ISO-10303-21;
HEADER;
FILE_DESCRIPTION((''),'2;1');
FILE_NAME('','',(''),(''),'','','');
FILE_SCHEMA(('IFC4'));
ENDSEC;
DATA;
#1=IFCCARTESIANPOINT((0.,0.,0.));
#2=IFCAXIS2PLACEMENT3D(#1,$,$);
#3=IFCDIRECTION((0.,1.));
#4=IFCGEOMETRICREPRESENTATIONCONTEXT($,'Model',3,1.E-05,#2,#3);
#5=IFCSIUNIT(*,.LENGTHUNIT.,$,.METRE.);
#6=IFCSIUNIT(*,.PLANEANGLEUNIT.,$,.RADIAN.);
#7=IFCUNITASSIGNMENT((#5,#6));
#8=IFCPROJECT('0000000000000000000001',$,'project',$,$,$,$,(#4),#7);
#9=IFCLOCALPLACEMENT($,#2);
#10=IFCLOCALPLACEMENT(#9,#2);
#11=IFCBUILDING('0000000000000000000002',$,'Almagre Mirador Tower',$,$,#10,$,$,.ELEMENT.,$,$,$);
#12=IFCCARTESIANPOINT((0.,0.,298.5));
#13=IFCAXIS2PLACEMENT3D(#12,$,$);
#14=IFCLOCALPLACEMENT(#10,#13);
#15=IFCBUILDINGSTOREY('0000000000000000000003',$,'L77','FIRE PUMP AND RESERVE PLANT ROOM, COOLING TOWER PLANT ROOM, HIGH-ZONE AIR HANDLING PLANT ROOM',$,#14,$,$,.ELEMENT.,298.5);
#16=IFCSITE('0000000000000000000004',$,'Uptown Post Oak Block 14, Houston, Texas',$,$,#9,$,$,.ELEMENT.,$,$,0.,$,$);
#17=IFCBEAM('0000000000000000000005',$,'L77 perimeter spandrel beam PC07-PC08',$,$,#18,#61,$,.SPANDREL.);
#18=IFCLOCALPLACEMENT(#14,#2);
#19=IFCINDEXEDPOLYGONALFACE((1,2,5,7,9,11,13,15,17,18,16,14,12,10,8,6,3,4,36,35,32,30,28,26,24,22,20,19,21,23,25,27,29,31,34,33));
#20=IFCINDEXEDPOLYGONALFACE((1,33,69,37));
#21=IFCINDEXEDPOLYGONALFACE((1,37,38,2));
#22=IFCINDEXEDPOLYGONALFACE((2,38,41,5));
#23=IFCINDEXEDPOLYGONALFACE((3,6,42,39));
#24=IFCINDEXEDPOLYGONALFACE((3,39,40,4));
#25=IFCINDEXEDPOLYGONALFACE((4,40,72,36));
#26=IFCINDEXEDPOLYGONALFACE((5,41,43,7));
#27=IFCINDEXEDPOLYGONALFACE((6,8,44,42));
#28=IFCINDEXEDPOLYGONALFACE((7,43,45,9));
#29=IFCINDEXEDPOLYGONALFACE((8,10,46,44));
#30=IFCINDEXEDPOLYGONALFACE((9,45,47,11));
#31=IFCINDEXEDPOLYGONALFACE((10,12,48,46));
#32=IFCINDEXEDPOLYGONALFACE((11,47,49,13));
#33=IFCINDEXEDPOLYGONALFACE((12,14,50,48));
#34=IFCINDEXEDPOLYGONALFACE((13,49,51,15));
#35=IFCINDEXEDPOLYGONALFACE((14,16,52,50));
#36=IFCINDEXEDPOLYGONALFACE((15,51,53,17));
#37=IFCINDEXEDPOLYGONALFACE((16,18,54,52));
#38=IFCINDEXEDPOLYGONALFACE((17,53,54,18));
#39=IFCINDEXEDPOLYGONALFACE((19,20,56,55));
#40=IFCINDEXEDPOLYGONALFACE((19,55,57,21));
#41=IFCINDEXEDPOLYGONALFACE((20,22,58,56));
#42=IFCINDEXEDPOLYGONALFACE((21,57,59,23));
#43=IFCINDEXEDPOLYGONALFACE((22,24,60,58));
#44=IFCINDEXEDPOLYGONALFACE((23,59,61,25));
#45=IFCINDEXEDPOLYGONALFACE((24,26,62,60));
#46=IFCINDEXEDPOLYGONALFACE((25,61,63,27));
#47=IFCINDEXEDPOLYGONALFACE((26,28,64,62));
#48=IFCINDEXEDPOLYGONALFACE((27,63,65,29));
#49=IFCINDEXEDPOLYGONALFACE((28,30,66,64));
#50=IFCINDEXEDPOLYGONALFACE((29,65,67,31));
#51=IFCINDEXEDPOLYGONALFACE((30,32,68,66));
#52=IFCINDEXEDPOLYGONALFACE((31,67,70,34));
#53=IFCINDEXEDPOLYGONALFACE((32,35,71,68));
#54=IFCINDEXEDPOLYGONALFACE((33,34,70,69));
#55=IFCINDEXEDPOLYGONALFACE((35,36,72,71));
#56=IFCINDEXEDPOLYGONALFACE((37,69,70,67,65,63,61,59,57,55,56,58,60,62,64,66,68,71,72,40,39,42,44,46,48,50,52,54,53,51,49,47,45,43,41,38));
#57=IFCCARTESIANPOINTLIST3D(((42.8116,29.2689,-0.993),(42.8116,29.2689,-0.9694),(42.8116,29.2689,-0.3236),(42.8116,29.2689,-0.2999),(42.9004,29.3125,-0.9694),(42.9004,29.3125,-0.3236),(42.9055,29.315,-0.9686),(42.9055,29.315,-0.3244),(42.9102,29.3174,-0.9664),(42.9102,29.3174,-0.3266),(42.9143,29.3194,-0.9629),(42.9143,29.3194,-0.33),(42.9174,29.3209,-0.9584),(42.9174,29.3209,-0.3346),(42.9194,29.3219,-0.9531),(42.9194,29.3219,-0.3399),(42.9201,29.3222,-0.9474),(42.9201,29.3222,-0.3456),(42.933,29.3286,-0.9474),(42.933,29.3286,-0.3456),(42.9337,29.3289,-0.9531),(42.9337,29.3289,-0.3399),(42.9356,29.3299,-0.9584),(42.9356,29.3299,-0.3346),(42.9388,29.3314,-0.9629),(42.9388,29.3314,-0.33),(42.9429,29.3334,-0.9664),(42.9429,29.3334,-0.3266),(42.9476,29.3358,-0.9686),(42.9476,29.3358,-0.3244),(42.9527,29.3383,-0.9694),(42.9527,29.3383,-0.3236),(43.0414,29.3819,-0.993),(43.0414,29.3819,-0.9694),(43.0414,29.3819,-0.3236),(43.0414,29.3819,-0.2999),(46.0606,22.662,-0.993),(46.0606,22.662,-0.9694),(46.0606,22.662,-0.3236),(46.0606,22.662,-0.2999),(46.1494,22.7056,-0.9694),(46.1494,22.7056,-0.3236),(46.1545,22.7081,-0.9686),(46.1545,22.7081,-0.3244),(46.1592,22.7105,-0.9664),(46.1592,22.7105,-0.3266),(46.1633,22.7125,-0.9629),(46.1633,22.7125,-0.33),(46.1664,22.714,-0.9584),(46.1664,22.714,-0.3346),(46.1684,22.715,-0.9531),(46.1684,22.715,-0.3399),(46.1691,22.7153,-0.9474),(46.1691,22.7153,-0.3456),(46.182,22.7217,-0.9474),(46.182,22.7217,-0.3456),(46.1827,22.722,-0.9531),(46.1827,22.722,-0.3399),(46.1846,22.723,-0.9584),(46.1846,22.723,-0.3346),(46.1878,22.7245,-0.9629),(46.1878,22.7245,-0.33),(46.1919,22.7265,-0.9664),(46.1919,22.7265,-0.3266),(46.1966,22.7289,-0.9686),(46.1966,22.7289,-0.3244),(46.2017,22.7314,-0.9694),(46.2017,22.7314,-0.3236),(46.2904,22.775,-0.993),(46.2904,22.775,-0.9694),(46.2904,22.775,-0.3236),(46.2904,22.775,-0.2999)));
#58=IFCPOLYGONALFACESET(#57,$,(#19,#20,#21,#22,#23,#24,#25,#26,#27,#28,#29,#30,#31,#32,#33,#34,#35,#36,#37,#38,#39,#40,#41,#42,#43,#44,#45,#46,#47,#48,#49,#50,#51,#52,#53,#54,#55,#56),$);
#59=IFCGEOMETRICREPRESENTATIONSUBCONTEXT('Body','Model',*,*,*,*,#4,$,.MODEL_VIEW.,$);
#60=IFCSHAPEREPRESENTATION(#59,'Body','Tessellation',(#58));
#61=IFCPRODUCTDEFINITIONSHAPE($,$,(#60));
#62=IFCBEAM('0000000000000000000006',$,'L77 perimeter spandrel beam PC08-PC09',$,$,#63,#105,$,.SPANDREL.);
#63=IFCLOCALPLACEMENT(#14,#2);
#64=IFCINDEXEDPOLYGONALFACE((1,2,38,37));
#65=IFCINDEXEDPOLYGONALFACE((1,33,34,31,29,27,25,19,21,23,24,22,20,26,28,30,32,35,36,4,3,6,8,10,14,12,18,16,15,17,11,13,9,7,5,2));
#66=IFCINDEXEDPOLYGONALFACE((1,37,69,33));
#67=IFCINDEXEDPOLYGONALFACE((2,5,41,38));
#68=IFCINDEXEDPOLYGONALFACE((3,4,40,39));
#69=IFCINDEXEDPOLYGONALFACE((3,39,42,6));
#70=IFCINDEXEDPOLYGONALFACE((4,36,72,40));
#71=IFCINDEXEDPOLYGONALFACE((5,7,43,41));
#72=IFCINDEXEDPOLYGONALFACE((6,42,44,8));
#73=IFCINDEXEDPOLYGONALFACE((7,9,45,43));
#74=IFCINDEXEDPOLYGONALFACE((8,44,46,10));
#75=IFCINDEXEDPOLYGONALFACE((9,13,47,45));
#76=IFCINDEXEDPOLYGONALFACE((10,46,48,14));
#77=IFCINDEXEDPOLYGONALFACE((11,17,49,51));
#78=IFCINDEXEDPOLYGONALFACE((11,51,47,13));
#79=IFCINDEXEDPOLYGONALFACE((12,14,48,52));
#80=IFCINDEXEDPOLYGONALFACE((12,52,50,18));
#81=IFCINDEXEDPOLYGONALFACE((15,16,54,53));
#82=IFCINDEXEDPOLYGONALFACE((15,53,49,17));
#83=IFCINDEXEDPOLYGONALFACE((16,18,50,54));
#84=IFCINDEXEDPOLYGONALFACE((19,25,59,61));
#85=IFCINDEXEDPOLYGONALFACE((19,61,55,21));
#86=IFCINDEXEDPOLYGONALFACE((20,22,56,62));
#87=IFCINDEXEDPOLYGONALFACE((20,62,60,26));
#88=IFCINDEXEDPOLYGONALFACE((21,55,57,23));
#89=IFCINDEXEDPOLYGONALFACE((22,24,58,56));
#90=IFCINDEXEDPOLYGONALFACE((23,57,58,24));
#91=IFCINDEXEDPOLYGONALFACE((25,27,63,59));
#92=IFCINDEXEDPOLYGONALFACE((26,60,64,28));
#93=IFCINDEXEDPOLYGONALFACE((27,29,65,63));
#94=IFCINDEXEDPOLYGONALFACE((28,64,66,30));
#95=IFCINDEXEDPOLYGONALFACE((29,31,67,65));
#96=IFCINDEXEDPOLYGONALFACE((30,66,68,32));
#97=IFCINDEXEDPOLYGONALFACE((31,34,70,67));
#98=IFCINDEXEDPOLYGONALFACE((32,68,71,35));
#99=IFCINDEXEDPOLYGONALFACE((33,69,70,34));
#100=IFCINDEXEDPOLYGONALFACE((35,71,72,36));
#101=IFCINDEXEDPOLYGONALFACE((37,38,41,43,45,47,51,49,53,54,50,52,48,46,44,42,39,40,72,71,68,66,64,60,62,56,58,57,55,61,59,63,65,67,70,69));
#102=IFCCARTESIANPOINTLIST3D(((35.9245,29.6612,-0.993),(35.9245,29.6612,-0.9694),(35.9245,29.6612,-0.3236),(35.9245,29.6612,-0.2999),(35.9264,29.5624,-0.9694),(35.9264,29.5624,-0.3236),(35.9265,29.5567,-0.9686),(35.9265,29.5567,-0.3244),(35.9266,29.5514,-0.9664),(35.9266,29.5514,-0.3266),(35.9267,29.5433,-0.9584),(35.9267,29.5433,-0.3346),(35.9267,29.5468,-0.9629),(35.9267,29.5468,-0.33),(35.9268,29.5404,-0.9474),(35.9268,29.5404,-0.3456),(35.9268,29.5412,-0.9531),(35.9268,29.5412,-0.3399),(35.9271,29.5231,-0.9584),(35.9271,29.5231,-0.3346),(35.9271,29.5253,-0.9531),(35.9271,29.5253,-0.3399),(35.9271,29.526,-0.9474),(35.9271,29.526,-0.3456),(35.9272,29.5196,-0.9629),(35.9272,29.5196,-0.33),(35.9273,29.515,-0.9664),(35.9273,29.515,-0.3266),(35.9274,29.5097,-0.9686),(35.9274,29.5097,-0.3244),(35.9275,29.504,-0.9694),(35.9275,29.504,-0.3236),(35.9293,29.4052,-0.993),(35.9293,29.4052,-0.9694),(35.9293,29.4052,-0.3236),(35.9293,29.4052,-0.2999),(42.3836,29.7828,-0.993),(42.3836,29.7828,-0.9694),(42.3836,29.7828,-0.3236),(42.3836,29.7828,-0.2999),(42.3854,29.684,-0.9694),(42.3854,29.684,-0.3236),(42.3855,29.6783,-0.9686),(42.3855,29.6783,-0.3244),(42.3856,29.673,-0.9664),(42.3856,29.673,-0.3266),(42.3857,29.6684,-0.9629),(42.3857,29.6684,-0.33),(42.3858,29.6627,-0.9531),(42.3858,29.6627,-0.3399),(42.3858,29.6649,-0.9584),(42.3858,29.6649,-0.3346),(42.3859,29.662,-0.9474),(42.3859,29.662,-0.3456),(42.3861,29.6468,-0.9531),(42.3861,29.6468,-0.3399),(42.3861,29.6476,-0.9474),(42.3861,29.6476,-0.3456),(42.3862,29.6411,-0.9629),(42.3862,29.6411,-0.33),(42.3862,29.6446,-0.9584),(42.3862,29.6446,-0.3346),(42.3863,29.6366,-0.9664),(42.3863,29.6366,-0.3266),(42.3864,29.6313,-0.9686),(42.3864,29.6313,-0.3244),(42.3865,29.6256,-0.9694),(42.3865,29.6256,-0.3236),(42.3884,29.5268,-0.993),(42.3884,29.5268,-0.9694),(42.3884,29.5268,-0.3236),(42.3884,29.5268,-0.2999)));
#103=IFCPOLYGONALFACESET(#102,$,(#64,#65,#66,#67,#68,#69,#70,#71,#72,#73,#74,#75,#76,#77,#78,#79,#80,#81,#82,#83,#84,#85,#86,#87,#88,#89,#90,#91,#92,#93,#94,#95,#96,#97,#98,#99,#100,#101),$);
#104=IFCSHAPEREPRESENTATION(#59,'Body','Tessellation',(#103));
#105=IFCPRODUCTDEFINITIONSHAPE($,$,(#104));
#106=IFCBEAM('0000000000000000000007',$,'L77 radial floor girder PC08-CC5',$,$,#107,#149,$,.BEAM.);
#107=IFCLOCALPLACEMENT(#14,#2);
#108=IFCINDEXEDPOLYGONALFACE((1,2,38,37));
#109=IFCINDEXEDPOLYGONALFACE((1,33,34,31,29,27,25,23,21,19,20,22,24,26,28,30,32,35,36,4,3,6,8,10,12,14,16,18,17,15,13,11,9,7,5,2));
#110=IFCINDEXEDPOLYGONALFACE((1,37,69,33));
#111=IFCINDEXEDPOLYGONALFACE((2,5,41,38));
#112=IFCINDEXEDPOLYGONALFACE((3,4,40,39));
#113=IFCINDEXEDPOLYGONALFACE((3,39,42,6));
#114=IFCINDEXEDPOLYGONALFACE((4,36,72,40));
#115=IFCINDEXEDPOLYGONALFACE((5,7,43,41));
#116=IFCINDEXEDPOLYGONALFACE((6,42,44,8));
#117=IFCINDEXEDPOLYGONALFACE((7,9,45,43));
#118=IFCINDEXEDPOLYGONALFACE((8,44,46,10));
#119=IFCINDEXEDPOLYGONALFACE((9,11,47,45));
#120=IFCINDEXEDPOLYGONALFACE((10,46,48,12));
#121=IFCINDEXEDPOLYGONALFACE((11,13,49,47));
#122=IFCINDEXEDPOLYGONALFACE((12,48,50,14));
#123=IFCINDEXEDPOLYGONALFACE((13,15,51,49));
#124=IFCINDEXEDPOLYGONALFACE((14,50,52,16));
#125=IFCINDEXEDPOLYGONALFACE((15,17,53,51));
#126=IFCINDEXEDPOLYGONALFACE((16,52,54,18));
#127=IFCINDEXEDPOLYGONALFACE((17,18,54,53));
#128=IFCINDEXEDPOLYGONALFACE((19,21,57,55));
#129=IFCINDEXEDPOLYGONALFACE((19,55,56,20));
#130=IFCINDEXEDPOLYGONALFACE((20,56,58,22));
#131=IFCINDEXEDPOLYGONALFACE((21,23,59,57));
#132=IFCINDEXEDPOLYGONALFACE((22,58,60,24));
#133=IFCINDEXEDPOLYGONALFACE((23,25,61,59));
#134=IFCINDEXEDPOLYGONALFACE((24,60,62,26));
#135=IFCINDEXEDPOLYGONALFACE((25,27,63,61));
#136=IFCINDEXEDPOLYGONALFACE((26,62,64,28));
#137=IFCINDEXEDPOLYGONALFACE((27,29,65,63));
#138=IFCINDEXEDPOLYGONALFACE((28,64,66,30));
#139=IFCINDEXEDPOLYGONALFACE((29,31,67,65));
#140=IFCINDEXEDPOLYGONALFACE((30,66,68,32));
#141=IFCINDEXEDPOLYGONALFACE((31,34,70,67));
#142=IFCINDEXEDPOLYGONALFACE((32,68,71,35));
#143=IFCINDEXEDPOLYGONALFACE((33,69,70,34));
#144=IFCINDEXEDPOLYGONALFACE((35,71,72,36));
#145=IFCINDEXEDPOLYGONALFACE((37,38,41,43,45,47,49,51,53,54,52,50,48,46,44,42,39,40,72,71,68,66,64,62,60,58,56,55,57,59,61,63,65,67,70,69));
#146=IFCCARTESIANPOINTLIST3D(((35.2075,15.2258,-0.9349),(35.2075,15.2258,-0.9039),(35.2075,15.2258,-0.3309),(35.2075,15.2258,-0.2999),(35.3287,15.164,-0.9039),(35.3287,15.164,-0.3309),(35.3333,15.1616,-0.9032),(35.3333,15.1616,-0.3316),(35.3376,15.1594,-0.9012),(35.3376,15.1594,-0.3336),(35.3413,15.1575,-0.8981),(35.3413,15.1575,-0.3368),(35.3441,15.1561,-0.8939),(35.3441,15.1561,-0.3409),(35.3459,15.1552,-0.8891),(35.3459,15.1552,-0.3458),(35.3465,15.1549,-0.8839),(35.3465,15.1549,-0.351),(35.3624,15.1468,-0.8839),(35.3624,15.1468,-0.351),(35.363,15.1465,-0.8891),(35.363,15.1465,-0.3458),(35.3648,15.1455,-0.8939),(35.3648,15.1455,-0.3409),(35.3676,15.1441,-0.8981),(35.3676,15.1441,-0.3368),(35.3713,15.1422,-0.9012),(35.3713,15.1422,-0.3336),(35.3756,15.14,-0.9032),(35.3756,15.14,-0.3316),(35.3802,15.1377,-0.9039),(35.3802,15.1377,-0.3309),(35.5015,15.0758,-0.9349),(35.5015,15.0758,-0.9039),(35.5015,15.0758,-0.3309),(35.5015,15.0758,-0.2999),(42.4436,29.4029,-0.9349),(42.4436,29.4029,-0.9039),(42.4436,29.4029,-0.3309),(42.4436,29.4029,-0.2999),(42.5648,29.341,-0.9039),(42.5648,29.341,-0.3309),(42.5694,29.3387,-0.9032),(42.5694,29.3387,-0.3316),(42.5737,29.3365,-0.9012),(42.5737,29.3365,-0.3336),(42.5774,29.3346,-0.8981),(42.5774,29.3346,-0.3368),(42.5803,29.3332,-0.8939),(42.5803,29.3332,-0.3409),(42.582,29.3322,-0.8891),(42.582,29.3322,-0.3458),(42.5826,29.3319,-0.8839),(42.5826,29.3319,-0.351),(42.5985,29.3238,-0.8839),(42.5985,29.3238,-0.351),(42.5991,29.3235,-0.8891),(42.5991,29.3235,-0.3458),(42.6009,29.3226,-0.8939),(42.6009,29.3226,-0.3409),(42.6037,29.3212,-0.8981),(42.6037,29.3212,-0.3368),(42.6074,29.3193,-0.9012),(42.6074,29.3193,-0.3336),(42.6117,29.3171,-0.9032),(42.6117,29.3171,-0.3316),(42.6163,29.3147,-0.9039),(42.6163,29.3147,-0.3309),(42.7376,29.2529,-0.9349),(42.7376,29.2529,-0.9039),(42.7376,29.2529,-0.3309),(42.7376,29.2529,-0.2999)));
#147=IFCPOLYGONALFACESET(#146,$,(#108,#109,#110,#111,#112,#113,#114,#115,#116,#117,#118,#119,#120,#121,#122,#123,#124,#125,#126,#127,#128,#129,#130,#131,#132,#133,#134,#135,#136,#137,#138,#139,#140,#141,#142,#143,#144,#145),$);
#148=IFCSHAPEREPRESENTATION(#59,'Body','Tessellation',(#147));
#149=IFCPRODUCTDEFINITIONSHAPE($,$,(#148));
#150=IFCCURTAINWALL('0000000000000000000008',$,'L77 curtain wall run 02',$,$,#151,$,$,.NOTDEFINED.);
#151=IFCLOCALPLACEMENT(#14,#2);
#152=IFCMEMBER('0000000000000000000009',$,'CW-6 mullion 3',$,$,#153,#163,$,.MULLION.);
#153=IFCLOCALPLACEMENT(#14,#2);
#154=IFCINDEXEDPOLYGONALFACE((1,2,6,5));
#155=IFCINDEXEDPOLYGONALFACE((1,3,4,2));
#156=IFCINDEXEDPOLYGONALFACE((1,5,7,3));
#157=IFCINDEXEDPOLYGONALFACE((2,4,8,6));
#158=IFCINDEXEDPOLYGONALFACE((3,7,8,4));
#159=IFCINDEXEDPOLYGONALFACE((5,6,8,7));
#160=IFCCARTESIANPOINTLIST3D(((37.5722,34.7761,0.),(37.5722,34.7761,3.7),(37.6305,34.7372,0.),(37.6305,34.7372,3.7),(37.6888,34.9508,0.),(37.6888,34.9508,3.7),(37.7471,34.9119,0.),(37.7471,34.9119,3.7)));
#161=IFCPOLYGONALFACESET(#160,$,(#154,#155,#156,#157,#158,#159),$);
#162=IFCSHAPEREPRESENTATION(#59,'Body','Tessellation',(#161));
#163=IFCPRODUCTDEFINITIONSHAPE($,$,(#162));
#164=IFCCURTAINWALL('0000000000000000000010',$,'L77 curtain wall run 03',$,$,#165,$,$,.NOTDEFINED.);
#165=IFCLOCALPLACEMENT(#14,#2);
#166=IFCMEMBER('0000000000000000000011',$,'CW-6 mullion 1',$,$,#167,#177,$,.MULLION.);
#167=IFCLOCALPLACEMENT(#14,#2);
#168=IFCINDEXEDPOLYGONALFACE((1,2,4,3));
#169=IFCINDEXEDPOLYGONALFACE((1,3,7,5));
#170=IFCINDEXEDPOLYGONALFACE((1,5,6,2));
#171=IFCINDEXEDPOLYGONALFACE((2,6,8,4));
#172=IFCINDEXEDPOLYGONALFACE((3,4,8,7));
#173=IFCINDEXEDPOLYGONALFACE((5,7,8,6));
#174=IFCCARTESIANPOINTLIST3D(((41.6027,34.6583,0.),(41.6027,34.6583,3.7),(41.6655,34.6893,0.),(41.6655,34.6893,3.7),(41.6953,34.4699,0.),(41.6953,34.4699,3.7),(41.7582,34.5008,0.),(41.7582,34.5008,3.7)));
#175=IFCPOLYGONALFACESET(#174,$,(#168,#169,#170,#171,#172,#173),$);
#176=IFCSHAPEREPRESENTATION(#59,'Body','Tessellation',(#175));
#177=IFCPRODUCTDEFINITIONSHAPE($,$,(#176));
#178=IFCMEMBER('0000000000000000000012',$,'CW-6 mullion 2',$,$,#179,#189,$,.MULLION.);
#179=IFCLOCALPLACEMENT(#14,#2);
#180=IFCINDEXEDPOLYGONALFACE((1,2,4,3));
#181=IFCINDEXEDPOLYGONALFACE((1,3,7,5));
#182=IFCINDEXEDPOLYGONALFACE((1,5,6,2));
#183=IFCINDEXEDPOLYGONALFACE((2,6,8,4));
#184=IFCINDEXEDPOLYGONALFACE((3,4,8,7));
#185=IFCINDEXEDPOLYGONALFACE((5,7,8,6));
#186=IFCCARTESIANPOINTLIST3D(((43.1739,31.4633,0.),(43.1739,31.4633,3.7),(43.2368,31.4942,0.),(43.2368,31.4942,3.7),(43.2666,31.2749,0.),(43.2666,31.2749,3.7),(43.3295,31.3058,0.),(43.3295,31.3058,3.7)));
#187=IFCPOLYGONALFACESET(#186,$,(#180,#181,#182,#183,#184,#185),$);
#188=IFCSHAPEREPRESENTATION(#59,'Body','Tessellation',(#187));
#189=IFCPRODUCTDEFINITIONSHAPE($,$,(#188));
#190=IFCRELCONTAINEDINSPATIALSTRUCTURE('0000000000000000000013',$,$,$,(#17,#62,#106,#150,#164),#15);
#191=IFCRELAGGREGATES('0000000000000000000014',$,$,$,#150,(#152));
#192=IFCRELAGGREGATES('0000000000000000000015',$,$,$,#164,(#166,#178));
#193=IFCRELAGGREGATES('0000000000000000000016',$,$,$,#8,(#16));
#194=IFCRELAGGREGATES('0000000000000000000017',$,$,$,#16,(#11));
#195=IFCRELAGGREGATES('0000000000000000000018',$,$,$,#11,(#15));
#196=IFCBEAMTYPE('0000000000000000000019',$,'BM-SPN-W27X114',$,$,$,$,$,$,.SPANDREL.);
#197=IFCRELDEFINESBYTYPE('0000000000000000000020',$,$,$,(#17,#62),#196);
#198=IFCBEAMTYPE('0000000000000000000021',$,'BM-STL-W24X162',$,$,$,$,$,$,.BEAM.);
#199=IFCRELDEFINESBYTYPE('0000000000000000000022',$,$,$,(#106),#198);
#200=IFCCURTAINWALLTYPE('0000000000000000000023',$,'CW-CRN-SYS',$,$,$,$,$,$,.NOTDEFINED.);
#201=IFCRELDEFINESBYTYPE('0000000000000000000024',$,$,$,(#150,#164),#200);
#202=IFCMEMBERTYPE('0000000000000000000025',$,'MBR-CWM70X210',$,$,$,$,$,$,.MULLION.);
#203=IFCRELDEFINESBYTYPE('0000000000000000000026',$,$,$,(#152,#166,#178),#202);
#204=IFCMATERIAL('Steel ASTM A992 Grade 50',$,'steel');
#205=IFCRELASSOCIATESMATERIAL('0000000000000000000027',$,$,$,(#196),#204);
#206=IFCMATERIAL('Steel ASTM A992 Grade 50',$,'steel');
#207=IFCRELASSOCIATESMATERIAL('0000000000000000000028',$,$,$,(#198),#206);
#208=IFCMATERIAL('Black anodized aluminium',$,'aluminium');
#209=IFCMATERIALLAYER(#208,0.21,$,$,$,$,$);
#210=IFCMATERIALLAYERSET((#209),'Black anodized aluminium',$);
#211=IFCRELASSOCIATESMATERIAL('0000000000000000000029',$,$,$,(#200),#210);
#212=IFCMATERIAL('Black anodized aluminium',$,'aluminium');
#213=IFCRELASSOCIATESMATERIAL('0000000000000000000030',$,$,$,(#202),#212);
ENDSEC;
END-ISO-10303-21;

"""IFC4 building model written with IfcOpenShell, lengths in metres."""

from ifc_helpers import new_model, si_unit, direction, frame, origin, origin_2d, place, context, subcontext, project, spatial, rectangle, i_section, extrude, material, layer, layer_set, material_profile, profile_set, type_object, element, aggregate, save


model = new_model("IFC4")

# Units and contexts
model_context = context("Model", 3, precision=1e-05, world=origin(), true_north=direction((0.0, 1.0)))
body_context = subcontext(model_context, "Body", "Model", "MODEL_VIEW")
ifc_project = project(units=[si_unit("LENGTHUNIT", "METRE"), si_unit("PLANEANGLEUNIT", "RADIAN")], contexts=[model_context])

# Site, building, storey
site_placement = place(None, origin())
site = spatial("IfcSite", under=ifc_project, at=site_placement, Name="Uptown Post Oak Block 14, Houston, Texas", CompositionType="ELEMENT", RefElevation=0.0)
building_placement = place(site_placement, origin())
building = spatial("IfcBuilding", under=site, at=building_placement, Name="Almagre Mirador Tower", CompositionType="ELEMENT")
storey_placement = place(building_placement, frame((0.0, 0.0, 298.5)))
storey = spatial("IfcBuildingStorey", under=building, at=storey_placement, Name="L77", Description="FIRE PUMP AND RESERVE PLANT ROOM, COOLING TOWER PLANT ROOM, HIGH-ZONE AIR HANDLING PLANT ROOM", CompositionType="ELEMENT", Elevation=298.5)

# Beams
ifc_material_1 = material(Name="Steel ASTM A992 Grade 50", Category="steel")
ifc_material_profile_1 = material_profile(ifc_material_1, i_section(OverallWidth=0.2561, OverallDepth=0.6931, WebThickness=0.0144, FlangeThickness=0.0237, FilletRadius=0.022, at=origin_2d()), Name="W27X114")
ifc_profile_set_1 = profile_set([ifc_material_profile_1], Name="Steel ASTM A992 Grade 50")
beam_type_1 = type_object("IfcBeamType", Name="BM-SPN-W27X114", PredefinedType="SPANDREL", material=ifc_profile_set_1)
beam_1_placement = place(storey_placement, frame((46.1755, 22.7185, -0.6465), z_axis=(-0.441288, 0.897365, 0.0), x_axis=(-0.897365, -0.441288, 0.0)))
element("IfcBeam", 1, at=beam_1_placement, inside=storey, type_object=beam_type_1, Name="L77 perimeter spandrel beam PC07-PC08", PredefinedType="SPANDREL", context=body_context, shape_type="SweptSolid", body=[
    extrude(i_section(OverallWidth=0.2561, OverallDepth=0.6931, WebThickness=0.0144, FlangeThickness=0.0237, FilletRadius=0.022, at=origin_2d()), origin(), (0.0, 0.0, 1.0), 7.3625),
])
beam_2_placement = place(storey_placement, frame((42.386, 29.6548, -0.6465), z_axis=(-0.999823, -0.01882, 0.0), x_axis=(0.01882, -0.999823, 0.0)))
element("IfcBeam", 2, at=beam_2_placement, inside=storey, type_object=beam_type_1, Name="L77 perimeter spandrel beam PC08-PC09", PredefinedType="SPANDREL", context=body_context, shape_type="SweptSolid", body=[
    extrude(i_section(OverallWidth=0.2561, OverallDepth=0.6931, WebThickness=0.0144, FlangeThickness=0.0237, FilletRadius=0.022, at=origin_2d()), origin(), (0.0, 0.0, 1.0), 6.4602),
])
ifc_material_2 = material(Name="Steel ASTM A992 Grade 50", Category="steel")
ifc_material_profile_2 = material_profile(ifc_material_2, i_section(OverallWidth=0.3301, OverallDepth=0.635, WebThickness=0.0178, FlangeThickness=0.031, FilletRadius=0.02, at=origin_2d()), Name="W24X162")
ifc_profile_set_2 = profile_set([ifc_material_profile_2], Name="Steel ASTM A992 Grade 50")
beam_type_2 = type_object("IfcBeamType", Name="BM-STL-W24X162", PredefinedType="BEAM", material=ifc_profile_set_2)
beam_3_placement = place(storey_placement, frame((42.5906, 29.3279, -0.6174), z_axis=(-0.454616, -0.890688, 0.0), x_axis=(0.890688, -0.454616, 0.0)))
element("IfcBeam", 3, at=beam_3_placement, inside=storey, type_object=beam_type_2, Name="L77 radial floor girder PC08-CC5", PredefinedType="BEAM", context=body_context, shape_type="SweptSolid", body=[
    extrude(i_section(OverallWidth=0.3301, OverallDepth=0.635, WebThickness=0.0178, FlangeThickness=0.031, FilletRadius=0.02, at=origin_2d()), origin(), (0.0, 0.0, 1.0), 15.917),
])

# Curtain wall, member
ifc_material_3 = material(Name="Black anodized aluminium", Category="aluminium")
ifc_layer_1 = layer(ifc_material_3, 0.21)
ifc_layer_set_1 = layer_set([ifc_layer_1], Name="Black anodized aluminium")
curtain_wall_type = type_object("IfcCurtainWallType", Name="CW-CRN-SYS", PredefinedType="NOTDEFINED", material=ifc_layer_set_1)
curtain_wall_1_placement = place(storey_placement, origin())
curtain_wall_1 = element("IfcCurtainWall", 4, at=curtain_wall_1_placement, inside=storey, type_object=curtain_wall_type, Name="L77 curtain wall run 02", PredefinedType="NOTDEFINED")
ifc_material_4 = material(Name="Black anodized aluminium", Category="aluminium")
ifc_material_profile_3 = material_profile(ifc_material_4, rectangle(XDim=0.0701, YDim=0.21, at=origin_2d()), Name="CWM70X210")
ifc_profile_set_3 = profile_set([ifc_material_profile_3], Name="Black anodized aluminium")
member_type_1 = type_object("IfcMemberType", Name="MBR-CWM70X210", PredefinedType="MULLION", material=ifc_profile_set_3)
member_1_placement = place(storey_placement, frame((37.6597, 34.844, 0.0), z_axis=(0.0, 0.0, 1.0), x_axis=(-0.831704, 0.55522, 0.0)))
member_1 = element("IfcMember", 5, at=member_1_placement, type_object=member_type_1, Name="CW-6 mullion 3", PredefinedType="MULLION", context=body_context, shape_type="SweptSolid", body=[
    extrude(rectangle(XDim=0.0701, YDim=0.21, at=origin_2d()), origin(), (0.0, 0.0, 1.0), 3.7),
])

# Curtain wall, members
curtain_wall_2_placement = place(storey_placement, origin())
curtain_wall_2 = element("IfcCurtainWall", 6, at=curtain_wall_2_placement, inside=storey, type_object=curtain_wall_type, Name="L77 curtain wall run 03", PredefinedType="NOTDEFINED")
member_2_placement = place(storey_placement, frame((41.6804, 34.5796, 0.0), z_axis=(0.0, 0.0, 1.0), x_axis=(0.897356, 0.441308, 0.0)))
member_2 = element("IfcMember", 7, at=member_2_placement, type_object=member_type_1, Name="CW-6 mullion 1", PredefinedType="MULLION", context=body_context, shape_type="SweptSolid", body=[
    extrude(rectangle(XDim=0.0701, YDim=0.21, at=origin_2d()), origin(), (0.0, 0.0, 1.0), 3.7),
])
member_3_placement = place(storey_placement, frame((43.2517, 31.3845, 0.0), z_axis=(0.0, 0.0, 1.0), x_axis=(0.897356, 0.441308, 0.0)))
member_3 = element("IfcMember", 8, at=member_3_placement, type_object=member_type_1, Name="CW-6 mullion 2", PredefinedType="MULLION", context=body_context, shape_type="SweptSolid", body=[
    extrude(rectangle(XDim=0.0701, YDim=0.21, at=origin_2d()), origin(), (0.0, 0.0, 1.0), 3.7),
])

aggregate(curtain_wall_1, [member_1])
aggregate(curtain_wall_2, [member_2, member_3])

save(model, "model.ifc")
